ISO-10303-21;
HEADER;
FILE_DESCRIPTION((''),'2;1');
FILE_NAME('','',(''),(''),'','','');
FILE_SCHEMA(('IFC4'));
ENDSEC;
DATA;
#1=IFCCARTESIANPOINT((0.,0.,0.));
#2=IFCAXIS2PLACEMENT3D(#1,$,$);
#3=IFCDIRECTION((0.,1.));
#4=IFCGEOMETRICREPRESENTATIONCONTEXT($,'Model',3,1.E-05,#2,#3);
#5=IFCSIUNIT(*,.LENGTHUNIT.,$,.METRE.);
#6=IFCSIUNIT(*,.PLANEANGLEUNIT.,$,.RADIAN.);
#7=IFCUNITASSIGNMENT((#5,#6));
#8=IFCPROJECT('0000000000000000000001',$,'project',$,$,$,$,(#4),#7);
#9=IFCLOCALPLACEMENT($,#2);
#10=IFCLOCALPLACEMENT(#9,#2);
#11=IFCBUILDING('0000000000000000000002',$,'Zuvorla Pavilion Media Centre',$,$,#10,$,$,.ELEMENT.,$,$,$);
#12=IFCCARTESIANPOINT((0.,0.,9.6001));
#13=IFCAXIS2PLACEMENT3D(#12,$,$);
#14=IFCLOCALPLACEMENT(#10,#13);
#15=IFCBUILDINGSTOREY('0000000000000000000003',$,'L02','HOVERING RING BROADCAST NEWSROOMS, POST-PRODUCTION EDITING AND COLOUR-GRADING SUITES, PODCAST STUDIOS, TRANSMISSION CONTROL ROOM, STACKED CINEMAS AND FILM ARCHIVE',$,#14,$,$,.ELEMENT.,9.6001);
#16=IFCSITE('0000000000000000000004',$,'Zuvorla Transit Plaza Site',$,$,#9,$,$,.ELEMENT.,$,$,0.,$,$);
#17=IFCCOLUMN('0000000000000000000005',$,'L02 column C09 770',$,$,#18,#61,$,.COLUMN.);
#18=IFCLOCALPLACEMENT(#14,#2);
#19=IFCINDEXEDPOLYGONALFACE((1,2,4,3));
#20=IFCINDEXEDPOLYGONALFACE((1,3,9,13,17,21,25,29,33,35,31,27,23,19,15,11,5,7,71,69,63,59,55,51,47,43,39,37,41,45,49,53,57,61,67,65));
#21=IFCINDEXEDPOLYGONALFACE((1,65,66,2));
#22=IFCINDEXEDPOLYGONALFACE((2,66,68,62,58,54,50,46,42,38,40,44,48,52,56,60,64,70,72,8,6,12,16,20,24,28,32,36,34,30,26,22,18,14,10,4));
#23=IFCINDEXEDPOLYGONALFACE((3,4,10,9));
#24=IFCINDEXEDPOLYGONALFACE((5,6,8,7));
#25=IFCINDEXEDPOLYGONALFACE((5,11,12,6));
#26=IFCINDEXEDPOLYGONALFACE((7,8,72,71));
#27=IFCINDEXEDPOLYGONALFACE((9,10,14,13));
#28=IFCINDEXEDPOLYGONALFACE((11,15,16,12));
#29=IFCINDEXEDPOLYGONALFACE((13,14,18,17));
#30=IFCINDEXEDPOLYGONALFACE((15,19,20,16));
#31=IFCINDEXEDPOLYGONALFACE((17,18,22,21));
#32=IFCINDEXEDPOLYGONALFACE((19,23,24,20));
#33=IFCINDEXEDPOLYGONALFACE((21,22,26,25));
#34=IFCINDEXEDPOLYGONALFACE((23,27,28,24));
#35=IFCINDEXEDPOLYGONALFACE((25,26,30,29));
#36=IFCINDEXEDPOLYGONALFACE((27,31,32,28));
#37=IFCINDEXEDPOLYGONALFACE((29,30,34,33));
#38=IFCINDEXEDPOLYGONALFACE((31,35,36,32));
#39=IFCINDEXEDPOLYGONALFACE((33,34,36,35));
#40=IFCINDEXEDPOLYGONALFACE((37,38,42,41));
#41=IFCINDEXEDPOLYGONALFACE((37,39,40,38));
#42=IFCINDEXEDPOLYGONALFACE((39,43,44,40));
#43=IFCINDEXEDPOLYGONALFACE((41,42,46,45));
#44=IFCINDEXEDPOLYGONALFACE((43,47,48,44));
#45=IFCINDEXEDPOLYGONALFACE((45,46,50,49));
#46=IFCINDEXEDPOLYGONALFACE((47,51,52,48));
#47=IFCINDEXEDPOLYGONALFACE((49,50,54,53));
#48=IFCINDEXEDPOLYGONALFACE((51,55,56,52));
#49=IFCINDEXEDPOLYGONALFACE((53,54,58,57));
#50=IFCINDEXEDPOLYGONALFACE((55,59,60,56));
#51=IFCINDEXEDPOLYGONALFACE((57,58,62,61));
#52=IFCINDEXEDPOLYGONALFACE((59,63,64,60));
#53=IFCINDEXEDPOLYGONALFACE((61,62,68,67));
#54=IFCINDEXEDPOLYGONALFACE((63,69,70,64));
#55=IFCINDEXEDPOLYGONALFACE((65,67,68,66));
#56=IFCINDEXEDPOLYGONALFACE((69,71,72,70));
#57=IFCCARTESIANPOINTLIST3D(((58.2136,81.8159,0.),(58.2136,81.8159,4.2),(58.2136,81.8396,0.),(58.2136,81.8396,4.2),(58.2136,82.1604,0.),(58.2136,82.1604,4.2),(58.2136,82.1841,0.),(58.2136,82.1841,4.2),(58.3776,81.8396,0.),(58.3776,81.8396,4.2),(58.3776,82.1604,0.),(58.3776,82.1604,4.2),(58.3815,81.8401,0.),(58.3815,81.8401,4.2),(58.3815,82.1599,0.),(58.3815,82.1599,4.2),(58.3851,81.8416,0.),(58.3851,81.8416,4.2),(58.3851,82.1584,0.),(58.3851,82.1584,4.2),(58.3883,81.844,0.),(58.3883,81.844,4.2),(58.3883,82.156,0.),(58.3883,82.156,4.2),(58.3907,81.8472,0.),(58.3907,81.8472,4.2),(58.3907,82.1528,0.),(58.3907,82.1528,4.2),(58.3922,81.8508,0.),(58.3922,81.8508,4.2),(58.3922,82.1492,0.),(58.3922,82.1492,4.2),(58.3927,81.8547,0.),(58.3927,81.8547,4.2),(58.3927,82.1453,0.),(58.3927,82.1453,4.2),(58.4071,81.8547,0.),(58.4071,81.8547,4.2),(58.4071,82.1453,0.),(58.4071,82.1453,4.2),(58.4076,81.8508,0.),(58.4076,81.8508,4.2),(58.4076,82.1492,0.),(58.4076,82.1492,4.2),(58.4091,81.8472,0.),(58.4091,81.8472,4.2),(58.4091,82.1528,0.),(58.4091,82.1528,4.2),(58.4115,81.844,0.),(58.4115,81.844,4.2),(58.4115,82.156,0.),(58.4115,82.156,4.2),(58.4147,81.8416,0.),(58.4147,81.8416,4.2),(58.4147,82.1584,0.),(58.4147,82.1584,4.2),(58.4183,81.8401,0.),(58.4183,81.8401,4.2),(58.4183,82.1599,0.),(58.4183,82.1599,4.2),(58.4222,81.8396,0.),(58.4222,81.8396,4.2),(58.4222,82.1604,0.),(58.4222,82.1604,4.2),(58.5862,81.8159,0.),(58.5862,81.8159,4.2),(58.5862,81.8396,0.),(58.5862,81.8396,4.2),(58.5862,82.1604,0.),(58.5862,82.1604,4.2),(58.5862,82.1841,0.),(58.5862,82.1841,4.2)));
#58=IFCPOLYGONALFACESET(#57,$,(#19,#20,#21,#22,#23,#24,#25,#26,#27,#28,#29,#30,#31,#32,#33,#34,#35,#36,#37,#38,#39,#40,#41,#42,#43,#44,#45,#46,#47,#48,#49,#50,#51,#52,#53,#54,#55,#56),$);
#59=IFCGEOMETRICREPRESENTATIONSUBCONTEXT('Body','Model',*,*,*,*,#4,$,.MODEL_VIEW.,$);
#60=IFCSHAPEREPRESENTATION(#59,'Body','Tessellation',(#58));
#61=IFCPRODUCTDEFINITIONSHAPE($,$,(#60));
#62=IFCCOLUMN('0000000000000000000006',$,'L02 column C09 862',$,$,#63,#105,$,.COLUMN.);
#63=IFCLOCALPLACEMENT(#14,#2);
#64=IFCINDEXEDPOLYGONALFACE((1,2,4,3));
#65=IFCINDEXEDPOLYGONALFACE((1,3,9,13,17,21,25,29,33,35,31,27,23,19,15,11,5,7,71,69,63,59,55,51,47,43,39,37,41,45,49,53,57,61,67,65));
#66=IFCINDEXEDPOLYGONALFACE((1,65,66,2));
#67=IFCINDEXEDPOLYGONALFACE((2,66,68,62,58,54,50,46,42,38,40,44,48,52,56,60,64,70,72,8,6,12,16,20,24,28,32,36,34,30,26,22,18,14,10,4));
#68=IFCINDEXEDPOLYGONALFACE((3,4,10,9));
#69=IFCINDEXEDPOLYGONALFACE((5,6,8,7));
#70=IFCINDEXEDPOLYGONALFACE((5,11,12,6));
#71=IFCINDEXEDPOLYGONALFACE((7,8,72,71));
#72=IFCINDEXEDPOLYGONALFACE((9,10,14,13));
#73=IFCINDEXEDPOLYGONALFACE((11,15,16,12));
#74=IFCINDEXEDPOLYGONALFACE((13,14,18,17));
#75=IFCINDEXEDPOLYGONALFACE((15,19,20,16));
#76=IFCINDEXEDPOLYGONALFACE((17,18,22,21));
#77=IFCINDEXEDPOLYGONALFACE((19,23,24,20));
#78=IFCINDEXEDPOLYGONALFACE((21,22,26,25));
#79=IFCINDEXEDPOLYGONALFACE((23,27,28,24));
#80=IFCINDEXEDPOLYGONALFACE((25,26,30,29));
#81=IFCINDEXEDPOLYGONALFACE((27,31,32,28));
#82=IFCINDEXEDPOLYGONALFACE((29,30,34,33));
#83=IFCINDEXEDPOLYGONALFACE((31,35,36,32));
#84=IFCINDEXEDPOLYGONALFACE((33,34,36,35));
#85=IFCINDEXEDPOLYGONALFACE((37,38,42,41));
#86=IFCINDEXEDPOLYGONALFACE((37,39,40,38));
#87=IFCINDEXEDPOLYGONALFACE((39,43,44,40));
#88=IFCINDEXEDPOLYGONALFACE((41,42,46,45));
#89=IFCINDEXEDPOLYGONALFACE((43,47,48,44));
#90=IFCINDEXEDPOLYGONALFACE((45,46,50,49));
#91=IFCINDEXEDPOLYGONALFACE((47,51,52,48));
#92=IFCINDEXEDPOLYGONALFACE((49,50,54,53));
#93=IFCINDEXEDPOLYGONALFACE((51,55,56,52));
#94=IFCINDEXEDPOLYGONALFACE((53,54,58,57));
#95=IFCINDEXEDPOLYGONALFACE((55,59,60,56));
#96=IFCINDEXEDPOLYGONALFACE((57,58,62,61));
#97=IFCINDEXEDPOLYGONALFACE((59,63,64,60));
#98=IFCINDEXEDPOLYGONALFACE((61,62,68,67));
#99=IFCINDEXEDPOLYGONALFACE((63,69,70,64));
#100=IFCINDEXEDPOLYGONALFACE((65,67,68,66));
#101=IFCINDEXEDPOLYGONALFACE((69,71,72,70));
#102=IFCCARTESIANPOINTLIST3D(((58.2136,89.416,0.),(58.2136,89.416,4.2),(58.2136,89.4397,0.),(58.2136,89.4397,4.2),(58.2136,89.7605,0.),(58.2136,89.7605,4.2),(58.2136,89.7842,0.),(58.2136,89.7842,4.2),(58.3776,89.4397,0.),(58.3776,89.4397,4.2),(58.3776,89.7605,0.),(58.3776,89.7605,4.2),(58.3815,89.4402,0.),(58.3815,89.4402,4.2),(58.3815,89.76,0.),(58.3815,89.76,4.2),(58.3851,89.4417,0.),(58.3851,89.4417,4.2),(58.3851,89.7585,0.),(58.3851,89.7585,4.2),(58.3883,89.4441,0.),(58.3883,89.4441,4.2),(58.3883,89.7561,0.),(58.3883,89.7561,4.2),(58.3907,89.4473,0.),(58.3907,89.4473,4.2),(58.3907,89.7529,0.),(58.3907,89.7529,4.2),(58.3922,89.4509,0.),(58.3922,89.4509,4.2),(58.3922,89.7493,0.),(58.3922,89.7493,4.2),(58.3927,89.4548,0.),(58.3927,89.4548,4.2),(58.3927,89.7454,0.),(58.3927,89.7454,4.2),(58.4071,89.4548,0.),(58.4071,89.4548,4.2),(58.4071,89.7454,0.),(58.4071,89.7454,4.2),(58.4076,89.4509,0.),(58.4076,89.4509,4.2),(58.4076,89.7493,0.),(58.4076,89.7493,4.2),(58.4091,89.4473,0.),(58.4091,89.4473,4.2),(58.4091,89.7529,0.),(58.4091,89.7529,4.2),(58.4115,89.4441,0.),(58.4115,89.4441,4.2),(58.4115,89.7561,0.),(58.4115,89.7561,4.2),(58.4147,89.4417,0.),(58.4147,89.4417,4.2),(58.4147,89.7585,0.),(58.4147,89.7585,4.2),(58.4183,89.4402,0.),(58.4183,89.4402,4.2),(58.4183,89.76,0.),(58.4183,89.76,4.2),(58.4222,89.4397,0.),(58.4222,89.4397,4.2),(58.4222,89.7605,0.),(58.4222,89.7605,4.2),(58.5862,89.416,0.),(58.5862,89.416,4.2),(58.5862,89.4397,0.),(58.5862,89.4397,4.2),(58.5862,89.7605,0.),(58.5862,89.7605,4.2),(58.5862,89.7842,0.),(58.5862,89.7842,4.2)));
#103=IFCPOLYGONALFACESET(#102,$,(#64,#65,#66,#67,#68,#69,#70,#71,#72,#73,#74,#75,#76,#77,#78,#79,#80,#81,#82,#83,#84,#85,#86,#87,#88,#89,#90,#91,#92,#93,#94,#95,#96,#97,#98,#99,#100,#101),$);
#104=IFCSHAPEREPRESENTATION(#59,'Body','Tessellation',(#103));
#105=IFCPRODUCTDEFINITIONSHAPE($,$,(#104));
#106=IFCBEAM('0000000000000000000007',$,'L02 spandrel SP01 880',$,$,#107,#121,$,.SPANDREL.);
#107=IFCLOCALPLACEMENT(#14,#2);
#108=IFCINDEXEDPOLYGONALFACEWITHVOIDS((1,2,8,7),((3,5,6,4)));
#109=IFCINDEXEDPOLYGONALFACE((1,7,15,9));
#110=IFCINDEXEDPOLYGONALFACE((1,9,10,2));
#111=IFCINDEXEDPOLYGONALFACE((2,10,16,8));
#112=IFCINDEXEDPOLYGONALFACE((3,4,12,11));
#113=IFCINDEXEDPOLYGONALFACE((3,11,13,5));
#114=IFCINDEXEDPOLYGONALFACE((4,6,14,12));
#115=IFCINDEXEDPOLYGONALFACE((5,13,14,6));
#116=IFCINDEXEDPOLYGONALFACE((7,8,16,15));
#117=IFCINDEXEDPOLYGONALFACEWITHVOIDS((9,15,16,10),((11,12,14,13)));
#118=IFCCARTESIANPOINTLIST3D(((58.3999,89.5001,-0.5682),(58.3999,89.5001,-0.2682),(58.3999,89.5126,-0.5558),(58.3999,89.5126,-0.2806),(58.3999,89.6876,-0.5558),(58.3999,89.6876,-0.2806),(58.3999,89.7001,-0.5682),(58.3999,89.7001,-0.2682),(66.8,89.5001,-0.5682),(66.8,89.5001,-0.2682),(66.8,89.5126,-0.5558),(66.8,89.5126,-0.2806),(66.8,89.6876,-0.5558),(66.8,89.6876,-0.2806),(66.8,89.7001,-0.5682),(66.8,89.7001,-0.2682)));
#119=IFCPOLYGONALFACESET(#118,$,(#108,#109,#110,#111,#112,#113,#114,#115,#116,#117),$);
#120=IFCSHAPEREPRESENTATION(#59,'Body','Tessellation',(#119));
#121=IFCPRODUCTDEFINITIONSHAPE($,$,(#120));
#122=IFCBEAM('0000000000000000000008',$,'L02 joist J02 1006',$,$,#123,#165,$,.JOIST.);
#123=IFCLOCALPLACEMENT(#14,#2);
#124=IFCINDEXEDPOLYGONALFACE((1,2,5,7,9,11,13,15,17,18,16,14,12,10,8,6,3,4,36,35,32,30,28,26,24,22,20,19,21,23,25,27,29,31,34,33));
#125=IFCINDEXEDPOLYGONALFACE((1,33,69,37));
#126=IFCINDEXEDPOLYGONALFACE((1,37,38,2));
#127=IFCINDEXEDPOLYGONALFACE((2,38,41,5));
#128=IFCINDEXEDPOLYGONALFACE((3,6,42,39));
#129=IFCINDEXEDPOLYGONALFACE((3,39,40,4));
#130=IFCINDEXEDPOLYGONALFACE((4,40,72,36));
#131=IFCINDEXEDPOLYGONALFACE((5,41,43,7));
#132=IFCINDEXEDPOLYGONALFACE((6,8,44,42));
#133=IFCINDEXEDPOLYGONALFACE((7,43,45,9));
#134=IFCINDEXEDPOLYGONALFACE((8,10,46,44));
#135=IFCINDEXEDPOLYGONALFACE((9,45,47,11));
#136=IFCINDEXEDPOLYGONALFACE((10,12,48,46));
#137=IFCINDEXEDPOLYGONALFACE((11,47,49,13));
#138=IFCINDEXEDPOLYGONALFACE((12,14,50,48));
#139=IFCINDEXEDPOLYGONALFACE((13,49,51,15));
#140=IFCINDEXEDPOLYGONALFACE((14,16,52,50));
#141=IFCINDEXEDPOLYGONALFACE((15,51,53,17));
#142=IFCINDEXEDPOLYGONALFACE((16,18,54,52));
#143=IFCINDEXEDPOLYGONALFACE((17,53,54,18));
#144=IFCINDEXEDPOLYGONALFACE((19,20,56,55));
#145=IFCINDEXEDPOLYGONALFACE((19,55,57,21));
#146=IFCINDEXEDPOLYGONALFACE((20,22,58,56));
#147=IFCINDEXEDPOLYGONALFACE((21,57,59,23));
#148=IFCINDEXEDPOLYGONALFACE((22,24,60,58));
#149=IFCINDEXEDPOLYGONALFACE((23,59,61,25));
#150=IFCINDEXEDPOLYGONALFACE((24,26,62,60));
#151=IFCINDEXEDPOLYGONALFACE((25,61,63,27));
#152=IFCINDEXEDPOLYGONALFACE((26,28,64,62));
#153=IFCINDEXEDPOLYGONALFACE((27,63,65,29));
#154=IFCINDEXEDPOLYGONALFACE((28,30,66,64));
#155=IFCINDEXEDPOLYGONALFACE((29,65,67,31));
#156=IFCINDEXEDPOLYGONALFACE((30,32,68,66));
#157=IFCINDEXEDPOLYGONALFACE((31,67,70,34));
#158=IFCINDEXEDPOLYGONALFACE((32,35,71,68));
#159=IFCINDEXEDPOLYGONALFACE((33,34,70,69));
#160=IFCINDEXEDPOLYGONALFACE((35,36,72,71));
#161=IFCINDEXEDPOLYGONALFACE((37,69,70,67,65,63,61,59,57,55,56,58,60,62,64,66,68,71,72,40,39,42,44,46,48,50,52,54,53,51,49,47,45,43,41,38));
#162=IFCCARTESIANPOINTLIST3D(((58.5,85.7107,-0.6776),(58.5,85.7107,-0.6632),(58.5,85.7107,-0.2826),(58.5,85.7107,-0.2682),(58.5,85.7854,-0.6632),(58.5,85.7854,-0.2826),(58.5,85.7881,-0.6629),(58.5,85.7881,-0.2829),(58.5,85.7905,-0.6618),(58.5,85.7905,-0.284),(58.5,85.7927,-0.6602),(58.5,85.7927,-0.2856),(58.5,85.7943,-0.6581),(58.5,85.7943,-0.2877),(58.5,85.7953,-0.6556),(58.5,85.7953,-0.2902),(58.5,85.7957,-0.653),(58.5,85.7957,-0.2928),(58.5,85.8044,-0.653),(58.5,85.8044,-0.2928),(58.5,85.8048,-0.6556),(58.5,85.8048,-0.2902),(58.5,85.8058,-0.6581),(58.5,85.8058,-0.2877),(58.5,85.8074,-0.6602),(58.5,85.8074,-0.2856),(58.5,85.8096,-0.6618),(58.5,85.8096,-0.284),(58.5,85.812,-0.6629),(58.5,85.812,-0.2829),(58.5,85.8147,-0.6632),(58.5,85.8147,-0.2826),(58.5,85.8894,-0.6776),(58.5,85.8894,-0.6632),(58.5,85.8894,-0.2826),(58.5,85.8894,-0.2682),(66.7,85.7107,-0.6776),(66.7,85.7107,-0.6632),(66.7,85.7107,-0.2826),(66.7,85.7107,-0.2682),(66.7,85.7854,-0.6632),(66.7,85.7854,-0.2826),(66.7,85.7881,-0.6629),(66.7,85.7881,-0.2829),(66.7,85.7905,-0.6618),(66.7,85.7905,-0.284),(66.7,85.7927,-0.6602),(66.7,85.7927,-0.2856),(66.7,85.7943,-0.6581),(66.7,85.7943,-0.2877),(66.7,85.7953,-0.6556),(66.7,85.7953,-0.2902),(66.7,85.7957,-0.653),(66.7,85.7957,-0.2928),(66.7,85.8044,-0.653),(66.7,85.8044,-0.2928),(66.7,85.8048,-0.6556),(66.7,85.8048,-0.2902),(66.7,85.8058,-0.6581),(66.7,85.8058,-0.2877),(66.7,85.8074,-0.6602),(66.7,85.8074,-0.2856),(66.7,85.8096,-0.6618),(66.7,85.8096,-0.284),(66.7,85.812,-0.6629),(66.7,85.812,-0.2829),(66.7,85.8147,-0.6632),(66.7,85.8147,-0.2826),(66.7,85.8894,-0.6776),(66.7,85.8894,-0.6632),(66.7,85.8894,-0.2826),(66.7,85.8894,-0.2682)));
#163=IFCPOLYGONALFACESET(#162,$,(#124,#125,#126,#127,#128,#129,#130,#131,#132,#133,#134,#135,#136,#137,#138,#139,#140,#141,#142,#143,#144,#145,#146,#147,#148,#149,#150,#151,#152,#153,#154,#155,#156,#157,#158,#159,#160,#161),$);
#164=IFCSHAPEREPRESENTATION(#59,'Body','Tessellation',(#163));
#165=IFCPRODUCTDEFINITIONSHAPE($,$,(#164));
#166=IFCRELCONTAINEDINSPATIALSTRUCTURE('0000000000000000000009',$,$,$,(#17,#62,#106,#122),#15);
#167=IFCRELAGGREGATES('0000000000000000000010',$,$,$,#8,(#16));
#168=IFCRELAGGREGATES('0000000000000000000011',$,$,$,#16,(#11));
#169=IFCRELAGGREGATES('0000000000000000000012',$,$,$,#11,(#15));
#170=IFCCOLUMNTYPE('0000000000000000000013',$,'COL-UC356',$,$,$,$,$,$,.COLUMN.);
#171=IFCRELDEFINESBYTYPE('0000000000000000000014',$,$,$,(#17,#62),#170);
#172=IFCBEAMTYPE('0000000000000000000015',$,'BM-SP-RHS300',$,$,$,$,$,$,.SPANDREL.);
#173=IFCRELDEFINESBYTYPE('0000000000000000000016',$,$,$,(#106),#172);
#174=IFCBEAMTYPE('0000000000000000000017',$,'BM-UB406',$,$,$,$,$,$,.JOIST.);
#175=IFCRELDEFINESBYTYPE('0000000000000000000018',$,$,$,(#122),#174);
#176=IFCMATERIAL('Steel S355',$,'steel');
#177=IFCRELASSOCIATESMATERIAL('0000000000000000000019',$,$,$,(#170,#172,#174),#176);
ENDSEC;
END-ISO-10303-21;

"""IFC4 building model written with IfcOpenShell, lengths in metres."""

from ifc_helpers import new_model, si_unit, direction, frame, origin, origin_2d, place, context, subcontext, project, spatial, hollow_rectangle, i_section, extrude, material, material_profile, profile_set, type_object, element, save


model = new_model("IFC4")

# Units and contexts
model_context = context("Model", 3, precision=1e-05, world=origin(), true_north=direction((0.0, 1.0)))
body_context = subcontext(model_context, "Body", "Model", "MODEL_VIEW")
ifc_project = project(units=[si_unit("LENGTHUNIT", "METRE"), si_unit("PLANEANGLEUNIT", "RADIAN")], contexts=[model_context])

# Site, building, storey
site_placement = place(None, origin())
site = spatial("IfcSite", under=ifc_project, at=site_placement, Name="Zuvorla Transit Plaza Site", CompositionType="ELEMENT", RefElevation=0.0)
building_placement = place(site_placement, origin())
building = spatial("IfcBuilding", under=site, at=building_placement, Name="Zuvorla Pavilion Media Centre", CompositionType="ELEMENT")
storey_placement = place(building_placement, frame((0.0, 0.0, 9.6001)))
storey = spatial("IfcBuildingStorey", under=building, at=storey_placement, Name="L02", Description="HOVERING RING BROADCAST NEWSROOMS, POST-PRODUCTION EDITING AND COLOUR-GRADING SUITES, PODCAST STUDIOS, TRANSMISSION CONTROL ROOM, STACKED CINEMAS AND FILM ARCHIVE", CompositionType="ELEMENT", Elevation=9.6001)

# Columns
ifc_material_1 = material(Name="Steel S355", Category="steel")
ifc_material_profile_1 = material_profile(ifc_material_1, i_section(OverallWidth=0.3726, OverallDepth=0.3682, WebThickness=0.0144, FlangeThickness=0.0237, FilletRadius=0.0151, at=origin_2d()), Name="UC 356x368x177")
ifc_profile_set_1 = profile_set([ifc_material_profile_1], Name="Steel S355")
column_type = type_object("IfcColumnType", Name="COL-UC356", PredefinedType="COLUMN", material=ifc_profile_set_1)
for number, where, z_axis, x_axis, name in (
    (1, (58.3999, 82.0, 0.0), (0.0, 0.0, 1.0), (1.0, 0.0, 0.0), "L02 column C09 770"),
    (2, (58.3999, 89.6001, 0.0), (0.0, 0.0, 1.0), (1.0, 0.0, 0.0), "L02 column C09 862"),
):
    element("IfcColumn", number, at=place(storey_placement, frame(where, z_axis=z_axis, x_axis=x_axis)), inside=storey, type_object=column_type, Name=name, PredefinedType="COLUMN", context=body_context, shape_type="SweptSolid", body=[
        extrude(i_section(OverallWidth=0.3726, OverallDepth=0.3682, WebThickness=0.0144, FlangeThickness=0.0237, FilletRadius=0.0151, at=origin_2d()), origin(), (0.0, 0.0, 1.0), 4.2),
    ])

# Beams
ifc_material_profile_2 = material_profile(ifc_material_1, hollow_rectangle(XDim=0.2, YDim=0.3, WallThickness=0.0125, at=origin_2d()), Name="RHS 300x200x12.5")
ifc_profile_set_2 = profile_set([ifc_material_profile_2], Name="Steel S355")
beam_type_1 = type_object("IfcBeamType", Name="BM-SP-RHS300", PredefinedType="SPANDREL", material=ifc_profile_set_2)
beam_1_placement = place(storey_placement, frame((58.3999, 89.6001, -0.4182), z_axis=(1.0, 0.0, 0.0), x_axis=(0.0, 1.0, 0.0)))
element("IfcBeam", 3, at=beam_1_placement, inside=storey, type_object=beam_type_1, Name="L02 spandrel SP01 880", PredefinedType="SPANDREL", context=body_context, shape_type="SweptSolid", body=[
    extrude(hollow_rectangle(XDim=0.2, YDim=0.3, WallThickness=0.0125, at=origin_2d()), origin(), (0.0, 0.0, 1.0), 8.4001),
])
ifc_material_profile_3 = material_profile(ifc_material_1, i_section(OverallWidth=0.1787, OverallDepth=0.4094, WebThickness=0.0088, FlangeThickness=0.0144, FilletRadius=0.0103, at=origin_2d()), Name="UB 406x178x67")
ifc_profile_set_3 = profile_set([ifc_material_profile_3], Name="Steel S355")
beam_type_2 = type_object("IfcBeamType", Name="BM-UB406", PredefinedType="JOIST", material=ifc_profile_set_3)
beam_2_placement = place(storey_placement, frame((58.5, 85.8, -0.4729), z_axis=(1.0, 0.0, 0.0), x_axis=(0.0, 1.0, 0.0)))
element("IfcBeam", 4, at=beam_2_placement, inside=storey, type_object=beam_type_2, Name="L02 joist J02 1006", PredefinedType="JOIST", context=body_context, shape_type="SweptSolid", body=[
    extrude(i_section(OverallWidth=0.1787, OverallDepth=0.4094, WebThickness=0.0088, FlangeThickness=0.0144, FilletRadius=0.0103, at=origin_2d()), origin(), (0.0, 0.0, 1.0), 8.2),
])

save(model, "model.ifc")
